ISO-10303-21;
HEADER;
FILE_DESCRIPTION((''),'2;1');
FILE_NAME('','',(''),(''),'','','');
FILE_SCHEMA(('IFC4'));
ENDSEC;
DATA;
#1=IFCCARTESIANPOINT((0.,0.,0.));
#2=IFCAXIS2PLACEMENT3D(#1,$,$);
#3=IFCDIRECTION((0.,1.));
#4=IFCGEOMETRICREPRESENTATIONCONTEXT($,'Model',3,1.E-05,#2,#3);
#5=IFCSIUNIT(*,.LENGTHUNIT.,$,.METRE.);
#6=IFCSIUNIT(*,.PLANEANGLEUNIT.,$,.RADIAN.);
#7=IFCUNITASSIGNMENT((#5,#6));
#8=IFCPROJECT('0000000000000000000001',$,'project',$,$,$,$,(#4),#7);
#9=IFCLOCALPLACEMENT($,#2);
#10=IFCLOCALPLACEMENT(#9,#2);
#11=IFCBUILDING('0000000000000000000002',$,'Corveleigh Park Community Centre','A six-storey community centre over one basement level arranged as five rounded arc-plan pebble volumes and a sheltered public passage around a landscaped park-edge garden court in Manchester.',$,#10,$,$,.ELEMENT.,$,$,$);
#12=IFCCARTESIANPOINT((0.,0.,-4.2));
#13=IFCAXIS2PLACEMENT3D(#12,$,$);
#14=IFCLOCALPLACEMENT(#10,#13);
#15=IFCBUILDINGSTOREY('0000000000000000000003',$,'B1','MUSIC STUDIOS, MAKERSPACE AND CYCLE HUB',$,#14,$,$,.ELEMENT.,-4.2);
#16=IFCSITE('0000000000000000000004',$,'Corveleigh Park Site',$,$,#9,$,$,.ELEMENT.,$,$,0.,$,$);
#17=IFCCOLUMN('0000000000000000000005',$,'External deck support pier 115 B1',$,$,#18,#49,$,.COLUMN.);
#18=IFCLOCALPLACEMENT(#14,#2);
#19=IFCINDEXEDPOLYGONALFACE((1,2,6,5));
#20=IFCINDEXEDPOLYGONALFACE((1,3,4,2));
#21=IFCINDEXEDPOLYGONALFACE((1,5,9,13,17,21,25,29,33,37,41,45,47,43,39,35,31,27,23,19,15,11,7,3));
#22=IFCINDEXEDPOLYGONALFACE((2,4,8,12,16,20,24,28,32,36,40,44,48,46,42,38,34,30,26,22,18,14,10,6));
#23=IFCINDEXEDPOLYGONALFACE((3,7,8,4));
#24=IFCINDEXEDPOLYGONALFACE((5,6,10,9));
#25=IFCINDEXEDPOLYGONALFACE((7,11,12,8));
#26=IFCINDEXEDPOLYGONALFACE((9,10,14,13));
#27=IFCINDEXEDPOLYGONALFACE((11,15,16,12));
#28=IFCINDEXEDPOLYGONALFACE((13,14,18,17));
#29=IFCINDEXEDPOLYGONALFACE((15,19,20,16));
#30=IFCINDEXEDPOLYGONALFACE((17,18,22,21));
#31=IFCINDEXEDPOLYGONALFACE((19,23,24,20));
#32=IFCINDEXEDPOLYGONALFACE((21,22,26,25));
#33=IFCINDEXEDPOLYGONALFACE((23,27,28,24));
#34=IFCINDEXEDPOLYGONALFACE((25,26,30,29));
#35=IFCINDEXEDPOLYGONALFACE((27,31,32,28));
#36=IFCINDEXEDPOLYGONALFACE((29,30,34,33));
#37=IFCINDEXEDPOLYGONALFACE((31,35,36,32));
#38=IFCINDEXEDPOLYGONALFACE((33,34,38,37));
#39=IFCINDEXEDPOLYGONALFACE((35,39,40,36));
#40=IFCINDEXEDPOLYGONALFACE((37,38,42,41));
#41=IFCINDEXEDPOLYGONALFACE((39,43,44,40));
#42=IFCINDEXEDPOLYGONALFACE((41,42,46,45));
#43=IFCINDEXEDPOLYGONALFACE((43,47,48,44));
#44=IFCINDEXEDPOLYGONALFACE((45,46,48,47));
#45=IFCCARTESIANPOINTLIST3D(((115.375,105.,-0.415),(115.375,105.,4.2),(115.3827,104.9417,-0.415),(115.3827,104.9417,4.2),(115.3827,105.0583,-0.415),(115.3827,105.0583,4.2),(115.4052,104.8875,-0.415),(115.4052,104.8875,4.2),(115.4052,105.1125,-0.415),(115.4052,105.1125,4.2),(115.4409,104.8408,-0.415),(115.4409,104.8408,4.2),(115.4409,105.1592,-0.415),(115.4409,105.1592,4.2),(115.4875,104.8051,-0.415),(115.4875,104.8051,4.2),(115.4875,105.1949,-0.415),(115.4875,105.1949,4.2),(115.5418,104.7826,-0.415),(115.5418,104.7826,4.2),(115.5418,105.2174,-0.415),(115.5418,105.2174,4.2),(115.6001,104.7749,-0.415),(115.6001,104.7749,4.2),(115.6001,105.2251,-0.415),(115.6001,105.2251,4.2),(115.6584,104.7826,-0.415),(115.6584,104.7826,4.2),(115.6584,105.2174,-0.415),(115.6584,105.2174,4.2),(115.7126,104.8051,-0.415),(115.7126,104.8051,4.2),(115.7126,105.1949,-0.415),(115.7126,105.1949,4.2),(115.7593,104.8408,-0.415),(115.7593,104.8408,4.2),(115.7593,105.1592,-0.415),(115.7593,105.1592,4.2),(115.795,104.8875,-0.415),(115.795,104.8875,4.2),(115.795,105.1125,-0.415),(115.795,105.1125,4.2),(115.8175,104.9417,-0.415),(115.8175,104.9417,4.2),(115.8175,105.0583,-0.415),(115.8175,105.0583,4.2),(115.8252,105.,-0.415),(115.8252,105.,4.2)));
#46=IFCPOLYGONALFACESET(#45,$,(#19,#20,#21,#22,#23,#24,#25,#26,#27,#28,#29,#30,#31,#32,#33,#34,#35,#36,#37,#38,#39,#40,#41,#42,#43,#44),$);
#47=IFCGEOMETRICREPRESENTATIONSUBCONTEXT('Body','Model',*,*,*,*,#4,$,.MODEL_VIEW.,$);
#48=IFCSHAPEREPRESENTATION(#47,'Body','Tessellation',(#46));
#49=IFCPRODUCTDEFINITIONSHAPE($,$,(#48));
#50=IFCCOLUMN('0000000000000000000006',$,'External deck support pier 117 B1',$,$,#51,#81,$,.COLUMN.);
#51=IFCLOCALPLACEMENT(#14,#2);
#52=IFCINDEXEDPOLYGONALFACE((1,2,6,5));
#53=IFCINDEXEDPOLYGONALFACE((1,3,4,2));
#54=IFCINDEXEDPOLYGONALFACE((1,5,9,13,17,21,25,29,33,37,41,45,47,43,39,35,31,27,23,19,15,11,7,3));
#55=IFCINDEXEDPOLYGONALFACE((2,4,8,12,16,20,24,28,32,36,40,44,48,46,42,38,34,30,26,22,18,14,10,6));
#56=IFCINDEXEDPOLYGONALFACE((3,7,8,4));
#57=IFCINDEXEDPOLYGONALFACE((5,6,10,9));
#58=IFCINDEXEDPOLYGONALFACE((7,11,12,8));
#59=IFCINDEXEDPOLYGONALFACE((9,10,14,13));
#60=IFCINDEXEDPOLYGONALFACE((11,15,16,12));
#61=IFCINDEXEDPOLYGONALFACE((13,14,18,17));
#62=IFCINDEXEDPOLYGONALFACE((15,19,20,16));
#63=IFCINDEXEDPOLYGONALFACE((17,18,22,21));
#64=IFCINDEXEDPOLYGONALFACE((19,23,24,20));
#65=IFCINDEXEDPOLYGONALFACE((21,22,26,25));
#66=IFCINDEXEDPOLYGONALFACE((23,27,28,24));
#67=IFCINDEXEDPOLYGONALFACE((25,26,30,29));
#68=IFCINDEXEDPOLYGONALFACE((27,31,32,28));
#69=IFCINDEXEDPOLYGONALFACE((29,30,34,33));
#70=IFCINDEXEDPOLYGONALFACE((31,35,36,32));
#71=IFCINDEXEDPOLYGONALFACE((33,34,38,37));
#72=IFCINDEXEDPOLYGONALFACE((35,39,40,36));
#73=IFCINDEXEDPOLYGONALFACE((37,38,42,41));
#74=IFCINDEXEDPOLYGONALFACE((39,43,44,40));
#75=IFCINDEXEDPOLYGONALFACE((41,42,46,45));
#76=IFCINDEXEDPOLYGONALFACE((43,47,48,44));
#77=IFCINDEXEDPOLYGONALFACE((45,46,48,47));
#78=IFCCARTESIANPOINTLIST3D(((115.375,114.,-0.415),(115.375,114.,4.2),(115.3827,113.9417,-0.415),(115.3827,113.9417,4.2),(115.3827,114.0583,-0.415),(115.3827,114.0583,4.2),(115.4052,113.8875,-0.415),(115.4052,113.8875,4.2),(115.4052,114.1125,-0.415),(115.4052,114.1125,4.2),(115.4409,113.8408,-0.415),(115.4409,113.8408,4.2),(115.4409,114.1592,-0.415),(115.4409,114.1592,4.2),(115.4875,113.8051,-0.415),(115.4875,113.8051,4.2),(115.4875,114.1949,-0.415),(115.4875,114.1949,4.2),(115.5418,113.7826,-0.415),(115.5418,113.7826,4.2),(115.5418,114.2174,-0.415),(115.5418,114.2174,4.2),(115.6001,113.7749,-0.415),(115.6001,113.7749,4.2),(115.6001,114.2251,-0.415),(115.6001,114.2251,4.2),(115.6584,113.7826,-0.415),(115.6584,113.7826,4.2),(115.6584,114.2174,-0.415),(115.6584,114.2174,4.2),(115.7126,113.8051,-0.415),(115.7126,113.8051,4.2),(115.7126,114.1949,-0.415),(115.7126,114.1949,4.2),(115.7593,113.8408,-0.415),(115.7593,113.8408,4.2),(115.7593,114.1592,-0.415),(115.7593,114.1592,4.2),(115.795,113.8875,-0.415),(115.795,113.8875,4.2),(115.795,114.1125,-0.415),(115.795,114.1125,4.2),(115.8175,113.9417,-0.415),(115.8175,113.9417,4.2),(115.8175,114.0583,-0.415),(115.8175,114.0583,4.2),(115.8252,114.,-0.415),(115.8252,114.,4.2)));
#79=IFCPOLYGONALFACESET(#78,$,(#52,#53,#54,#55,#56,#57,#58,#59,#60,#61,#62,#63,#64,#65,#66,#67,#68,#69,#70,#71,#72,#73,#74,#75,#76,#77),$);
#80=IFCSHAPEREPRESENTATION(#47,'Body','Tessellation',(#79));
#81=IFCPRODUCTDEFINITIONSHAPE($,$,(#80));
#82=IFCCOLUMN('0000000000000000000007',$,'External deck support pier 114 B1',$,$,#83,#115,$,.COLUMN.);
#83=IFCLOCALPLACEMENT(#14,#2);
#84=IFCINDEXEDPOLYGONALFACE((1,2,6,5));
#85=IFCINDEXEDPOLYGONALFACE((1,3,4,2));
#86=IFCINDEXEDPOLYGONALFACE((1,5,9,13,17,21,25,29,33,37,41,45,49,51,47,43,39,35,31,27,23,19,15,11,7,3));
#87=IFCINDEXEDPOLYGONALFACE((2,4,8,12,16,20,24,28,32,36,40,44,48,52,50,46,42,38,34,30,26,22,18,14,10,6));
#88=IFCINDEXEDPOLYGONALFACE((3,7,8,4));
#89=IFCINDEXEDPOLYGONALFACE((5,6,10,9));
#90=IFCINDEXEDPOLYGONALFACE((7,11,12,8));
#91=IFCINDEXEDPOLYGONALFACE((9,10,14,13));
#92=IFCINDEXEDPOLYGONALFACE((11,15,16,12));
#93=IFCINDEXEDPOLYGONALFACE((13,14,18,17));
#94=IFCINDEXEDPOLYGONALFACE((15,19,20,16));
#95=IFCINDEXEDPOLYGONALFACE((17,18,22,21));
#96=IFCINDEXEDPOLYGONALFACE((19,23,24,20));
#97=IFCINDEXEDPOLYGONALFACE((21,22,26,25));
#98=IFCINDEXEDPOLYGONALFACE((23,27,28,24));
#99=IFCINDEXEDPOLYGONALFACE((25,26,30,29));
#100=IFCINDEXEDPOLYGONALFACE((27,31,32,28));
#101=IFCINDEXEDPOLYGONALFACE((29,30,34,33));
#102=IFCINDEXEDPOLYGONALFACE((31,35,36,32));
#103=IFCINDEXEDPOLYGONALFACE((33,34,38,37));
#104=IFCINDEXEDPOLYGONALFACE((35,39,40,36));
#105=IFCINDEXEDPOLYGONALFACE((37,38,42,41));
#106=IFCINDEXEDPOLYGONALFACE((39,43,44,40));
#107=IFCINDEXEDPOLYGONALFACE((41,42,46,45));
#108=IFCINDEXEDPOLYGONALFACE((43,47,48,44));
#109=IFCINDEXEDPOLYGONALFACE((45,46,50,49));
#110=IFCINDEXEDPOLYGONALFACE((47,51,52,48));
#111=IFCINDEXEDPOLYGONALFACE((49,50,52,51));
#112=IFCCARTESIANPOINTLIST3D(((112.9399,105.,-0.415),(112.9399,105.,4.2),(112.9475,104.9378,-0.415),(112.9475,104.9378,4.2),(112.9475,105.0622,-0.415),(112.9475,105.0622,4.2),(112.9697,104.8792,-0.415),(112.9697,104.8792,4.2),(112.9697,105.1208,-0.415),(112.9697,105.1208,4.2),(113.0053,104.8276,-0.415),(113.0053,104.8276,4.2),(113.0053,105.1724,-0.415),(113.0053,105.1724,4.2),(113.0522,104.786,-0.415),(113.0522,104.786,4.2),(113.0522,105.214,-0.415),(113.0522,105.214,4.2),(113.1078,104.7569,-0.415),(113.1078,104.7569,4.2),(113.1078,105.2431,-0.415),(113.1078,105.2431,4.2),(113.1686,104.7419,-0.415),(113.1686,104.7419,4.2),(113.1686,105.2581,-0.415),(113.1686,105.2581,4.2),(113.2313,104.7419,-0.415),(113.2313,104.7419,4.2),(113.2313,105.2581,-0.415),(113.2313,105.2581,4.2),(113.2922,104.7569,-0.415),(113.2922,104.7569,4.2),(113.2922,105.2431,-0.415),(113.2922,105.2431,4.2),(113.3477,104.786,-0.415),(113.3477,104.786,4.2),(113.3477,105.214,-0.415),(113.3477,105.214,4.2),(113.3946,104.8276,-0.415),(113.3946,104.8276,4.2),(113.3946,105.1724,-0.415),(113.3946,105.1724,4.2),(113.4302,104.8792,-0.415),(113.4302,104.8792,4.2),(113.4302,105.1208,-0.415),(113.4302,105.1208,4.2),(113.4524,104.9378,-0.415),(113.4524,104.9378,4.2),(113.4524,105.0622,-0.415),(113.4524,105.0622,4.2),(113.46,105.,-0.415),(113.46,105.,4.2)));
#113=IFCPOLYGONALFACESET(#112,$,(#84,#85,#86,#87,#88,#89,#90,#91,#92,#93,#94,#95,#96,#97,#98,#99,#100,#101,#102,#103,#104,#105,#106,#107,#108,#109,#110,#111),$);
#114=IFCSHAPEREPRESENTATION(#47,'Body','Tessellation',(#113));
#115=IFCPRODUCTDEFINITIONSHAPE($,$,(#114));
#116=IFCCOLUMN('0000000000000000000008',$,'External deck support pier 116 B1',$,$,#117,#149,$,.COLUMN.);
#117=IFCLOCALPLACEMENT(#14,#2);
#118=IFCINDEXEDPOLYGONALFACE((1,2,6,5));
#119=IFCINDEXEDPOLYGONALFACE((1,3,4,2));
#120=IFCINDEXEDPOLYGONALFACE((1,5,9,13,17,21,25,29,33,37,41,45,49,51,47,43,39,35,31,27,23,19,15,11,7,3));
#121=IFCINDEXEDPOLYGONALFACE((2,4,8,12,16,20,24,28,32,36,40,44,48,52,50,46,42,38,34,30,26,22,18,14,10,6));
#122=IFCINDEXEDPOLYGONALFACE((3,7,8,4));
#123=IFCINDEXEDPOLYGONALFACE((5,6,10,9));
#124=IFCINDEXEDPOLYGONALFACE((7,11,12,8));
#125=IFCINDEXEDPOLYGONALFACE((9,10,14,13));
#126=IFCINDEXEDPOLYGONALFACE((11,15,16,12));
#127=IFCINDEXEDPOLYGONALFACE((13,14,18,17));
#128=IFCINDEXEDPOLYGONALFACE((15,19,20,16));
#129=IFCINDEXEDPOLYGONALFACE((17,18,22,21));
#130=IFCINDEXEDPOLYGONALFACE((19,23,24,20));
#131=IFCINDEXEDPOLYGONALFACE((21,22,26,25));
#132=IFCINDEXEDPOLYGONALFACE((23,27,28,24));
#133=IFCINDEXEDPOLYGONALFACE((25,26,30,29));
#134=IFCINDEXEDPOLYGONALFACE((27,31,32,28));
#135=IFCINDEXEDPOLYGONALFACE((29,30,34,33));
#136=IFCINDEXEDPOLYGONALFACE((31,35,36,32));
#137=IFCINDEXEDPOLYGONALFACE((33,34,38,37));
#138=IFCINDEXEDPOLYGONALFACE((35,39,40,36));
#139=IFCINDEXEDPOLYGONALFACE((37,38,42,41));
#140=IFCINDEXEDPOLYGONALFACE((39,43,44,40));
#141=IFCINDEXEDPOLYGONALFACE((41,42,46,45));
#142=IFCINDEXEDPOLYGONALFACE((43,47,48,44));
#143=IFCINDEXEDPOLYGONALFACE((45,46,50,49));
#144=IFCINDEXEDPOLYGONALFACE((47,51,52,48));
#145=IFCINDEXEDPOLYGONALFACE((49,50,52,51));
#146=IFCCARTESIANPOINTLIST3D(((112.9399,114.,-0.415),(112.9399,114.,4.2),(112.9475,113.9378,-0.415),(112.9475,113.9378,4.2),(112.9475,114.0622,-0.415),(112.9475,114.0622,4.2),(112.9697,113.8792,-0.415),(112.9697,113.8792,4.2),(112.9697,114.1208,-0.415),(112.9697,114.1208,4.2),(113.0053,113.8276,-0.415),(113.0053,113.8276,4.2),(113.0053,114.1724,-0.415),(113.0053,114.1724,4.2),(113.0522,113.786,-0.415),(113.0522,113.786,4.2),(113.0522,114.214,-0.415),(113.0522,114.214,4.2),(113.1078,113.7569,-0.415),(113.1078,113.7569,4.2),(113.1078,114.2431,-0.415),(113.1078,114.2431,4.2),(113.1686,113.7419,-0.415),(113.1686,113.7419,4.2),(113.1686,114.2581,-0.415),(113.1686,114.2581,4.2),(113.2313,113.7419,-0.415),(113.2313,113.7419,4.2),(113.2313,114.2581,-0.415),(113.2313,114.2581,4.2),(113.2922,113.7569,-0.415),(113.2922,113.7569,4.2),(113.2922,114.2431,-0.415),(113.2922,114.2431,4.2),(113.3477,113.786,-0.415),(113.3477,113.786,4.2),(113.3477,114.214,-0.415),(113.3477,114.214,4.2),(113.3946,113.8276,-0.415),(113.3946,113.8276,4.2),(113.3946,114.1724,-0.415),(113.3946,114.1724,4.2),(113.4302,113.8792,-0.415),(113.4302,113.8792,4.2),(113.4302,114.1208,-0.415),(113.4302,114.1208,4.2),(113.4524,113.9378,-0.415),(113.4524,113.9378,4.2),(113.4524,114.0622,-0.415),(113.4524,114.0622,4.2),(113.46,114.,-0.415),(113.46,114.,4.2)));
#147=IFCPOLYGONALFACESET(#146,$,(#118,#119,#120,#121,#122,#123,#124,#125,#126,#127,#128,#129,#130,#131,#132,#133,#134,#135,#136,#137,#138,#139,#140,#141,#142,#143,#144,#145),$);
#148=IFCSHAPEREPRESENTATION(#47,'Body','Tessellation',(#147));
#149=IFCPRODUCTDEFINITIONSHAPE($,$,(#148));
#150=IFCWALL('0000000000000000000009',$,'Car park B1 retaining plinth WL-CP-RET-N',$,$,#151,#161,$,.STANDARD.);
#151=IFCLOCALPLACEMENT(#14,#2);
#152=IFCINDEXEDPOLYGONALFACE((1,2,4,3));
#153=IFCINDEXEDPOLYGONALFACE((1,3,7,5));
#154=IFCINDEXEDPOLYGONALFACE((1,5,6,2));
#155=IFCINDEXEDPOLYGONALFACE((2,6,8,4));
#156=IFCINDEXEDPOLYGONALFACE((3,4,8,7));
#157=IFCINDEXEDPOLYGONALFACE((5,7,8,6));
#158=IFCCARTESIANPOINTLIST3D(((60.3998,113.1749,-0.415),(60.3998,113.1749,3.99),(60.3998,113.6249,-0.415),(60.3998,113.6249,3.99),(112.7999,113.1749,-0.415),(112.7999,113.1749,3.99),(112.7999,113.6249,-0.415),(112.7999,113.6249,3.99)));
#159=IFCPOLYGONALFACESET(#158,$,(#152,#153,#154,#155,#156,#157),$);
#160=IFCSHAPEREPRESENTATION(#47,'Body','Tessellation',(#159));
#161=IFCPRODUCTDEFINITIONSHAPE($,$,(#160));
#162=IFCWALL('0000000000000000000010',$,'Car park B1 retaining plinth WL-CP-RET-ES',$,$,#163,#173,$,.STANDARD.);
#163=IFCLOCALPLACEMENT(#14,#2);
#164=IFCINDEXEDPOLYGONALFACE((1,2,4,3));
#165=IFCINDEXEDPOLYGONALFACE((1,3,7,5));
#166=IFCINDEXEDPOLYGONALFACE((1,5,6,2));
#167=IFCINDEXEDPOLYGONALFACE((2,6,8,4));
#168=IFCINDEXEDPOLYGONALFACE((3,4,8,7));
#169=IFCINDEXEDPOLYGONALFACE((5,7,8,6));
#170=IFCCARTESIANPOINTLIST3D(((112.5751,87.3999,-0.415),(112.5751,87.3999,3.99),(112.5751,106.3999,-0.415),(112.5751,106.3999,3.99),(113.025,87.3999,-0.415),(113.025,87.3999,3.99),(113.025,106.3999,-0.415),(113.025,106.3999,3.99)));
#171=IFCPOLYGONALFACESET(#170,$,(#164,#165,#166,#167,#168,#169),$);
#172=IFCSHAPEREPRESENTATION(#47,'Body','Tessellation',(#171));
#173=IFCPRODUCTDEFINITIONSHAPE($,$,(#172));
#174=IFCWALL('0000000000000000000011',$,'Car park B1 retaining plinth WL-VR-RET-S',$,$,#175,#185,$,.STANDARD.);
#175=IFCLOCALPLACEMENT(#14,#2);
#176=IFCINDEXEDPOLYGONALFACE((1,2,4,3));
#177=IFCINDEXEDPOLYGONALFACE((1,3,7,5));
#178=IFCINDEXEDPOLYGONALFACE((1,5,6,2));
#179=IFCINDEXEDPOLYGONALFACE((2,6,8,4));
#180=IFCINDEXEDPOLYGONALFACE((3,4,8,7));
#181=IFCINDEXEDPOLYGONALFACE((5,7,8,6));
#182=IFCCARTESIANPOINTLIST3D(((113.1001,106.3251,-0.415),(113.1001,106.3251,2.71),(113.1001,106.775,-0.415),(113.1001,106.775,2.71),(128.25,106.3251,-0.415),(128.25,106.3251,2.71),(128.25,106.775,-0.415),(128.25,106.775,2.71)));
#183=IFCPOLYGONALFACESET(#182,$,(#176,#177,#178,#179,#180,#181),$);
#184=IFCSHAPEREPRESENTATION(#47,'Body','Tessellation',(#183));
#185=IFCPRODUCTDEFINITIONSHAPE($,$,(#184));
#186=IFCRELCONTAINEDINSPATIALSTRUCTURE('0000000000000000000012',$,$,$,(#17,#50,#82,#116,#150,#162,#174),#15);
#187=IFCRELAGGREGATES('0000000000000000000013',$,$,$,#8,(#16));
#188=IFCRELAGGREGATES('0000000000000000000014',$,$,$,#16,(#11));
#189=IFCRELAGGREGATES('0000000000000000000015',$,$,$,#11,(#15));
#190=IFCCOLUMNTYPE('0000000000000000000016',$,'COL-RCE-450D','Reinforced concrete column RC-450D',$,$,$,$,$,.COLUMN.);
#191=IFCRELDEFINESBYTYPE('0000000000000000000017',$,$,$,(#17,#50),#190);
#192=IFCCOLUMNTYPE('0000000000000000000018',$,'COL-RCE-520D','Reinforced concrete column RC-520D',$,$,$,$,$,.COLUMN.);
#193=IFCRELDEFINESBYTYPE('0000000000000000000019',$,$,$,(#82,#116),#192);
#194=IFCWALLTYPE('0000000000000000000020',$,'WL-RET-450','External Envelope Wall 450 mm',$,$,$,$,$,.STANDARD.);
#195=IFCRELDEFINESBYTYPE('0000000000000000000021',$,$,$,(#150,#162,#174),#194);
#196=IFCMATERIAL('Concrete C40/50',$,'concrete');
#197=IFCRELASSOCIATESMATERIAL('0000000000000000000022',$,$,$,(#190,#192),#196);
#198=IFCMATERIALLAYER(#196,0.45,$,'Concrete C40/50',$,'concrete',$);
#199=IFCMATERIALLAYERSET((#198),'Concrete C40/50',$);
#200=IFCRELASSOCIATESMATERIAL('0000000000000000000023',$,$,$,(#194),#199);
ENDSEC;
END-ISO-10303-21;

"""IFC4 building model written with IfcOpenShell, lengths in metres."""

from ifc_helpers import new_model, si_unit, direction, frame, frame_2d, origin, origin_2d, place, context, subcontext, project, spatial, rectangle, circle, extrude, material, layer, layer_set, material_profile, profile_set, type_object, element, save


model = new_model("IFC4")

# Units and contexts
model_context = context("Model", 3, precision=1e-05, world=origin(), true_north=direction((0.0, 1.0)))
body_context = subcontext(model_context, "Body", "Model", "MODEL_VIEW")
ifc_project = project(units=[si_unit("LENGTHUNIT", "METRE"), si_unit("PLANEANGLEUNIT", "RADIAN")], contexts=[model_context])

# Site, building, storey
site_placement = place(None, origin())
site = spatial("IfcSite", under=ifc_project, at=site_placement, Name="Corveleigh Park Site", CompositionType="ELEMENT", RefElevation=0.0)
building_placement = place(site_placement, origin())
building = spatial("IfcBuilding", under=site, at=building_placement, Name="Corveleigh Park Community Centre", Description="A six-storey community centre over one basement level arranged as five rounded arc-plan pebble volumes and a sheltered public passage around a landscaped park-edge garden court in Manchester.", CompositionType="ELEMENT")
storey_placement = place(building_placement, frame((0.0, 0.0, -4.2)))
storey = spatial("IfcBuildingStorey", under=building, at=storey_placement, Name="B1", Description="MUSIC STUDIOS, MAKERSPACE AND CYCLE HUB", CompositionType="ELEMENT", Elevation=-4.2)

# Shared definitions
ifc_material_1 = material(Name="Concrete C40/50", Category="concrete")

# Columns
ifc_material_profile_1 = material_profile(ifc_material_1, circle(Radius=0.2251, at=origin_2d()), Name="RC-450D", Category="concrete")
ifc_profile_set_1 = profile_set([ifc_material_profile_1], Name="Concrete C40/50")
column_type_1 = type_object("IfcColumnType", Name="COL-RCE-450D", Description="Reinforced concrete column RC-450D", PredefinedType="COLUMN", material=ifc_profile_set_1)
for number, where, z_axis, x_axis, name in (
    (1, (115.6001, 105.0, -0.415), (0.0, 0.0, 1.0), (1.0, 0.0, 0.0), "External deck support pier 115 B1"),
    (2, (115.6001, 114.0, -0.415), (0.0, 0.0, 1.0), (1.0, 0.0, 0.0), "External deck support pier 117 B1"),
):
    element("IfcColumn", number, at=place(storey_placement, frame(where, z_axis=z_axis, x_axis=x_axis)), inside=storey, type_object=column_type_1, Name=name, PredefinedType="COLUMN", context=body_context, shape_type="SweptSolid", body=[
        extrude(circle(Radius=0.2251, at=origin_2d()), origin(), (0.0, 0.0, 1.0), 4.615),
    ])
ifc_material_profile_2 = material_profile(ifc_material_1, circle(Radius=0.26, at=origin_2d()), Name="RC-520D", Category="concrete")
ifc_profile_set_2 = profile_set([ifc_material_profile_2], Name="Concrete C40/50")
column_type_2 = type_object("IfcColumnType", Name="COL-RCE-520D", Description="Reinforced concrete column RC-520D", PredefinedType="COLUMN", material=ifc_profile_set_2)
for number, where, z_axis, x_axis, name in (
    (3, (113.2, 105.0, -0.415), (0.0, 0.0, 1.0), (1.0, 0.0, 0.0), "External deck support pier 114 B1"),
    (4, (113.2, 114.0, -0.415), (0.0, 0.0, 1.0), (1.0, 0.0, 0.0), "External deck support pier 116 B1"),
):
    element("IfcColumn", number, at=place(storey_placement, frame(where, z_axis=z_axis, x_axis=x_axis)), inside=storey, type_object=column_type_2, Name=name, PredefinedType="COLUMN", context=body_context, shape_type="SweptSolid", body=[
        extrude(circle(Radius=0.26, at=origin_2d()), origin(), (0.0, 0.0, 1.0), 4.615),
    ])

# Walls
ifc_layer = layer(ifc_material_1, 0.45, Name="Concrete C40/50", Category="concrete")
ifc_layer_set = layer_set([ifc_layer], Name="Concrete C40/50")
wall_type = type_object("IfcWallType", Name="WL-RET-450", Description="External Envelope Wall 450 mm", PredefinedType="STANDARD", material=ifc_layer_set)
wall_1_placement = place(storey_placement, frame((112.8, 113.3999, -0.415), z_axis=(0.0, 0.0, 1.0), x_axis=(-1.0, 0.0, 0.0)))
element("IfcWall", 5, at=wall_1_placement, inside=storey, type_object=wall_type, Name="Car park B1 retaining plinth WL-CP-RET-N", PredefinedType="STANDARD", context=body_context, shape_type="SweptSolid", body=[
    extrude(rectangle(XDim=52.4001, YDim=0.45, at=frame_2d((26.2002, 0.0))), origin(), (0.0, 0.0, 1.0), 4.405),
])
wall_2_placement = place(storey_placement, frame((112.8, 87.3999, -0.415), z_axis=(0.0, 0.0, 1.0), x_axis=(0.0, 1.0, 0.0)))
element("IfcWall", 6, at=wall_2_placement, inside=storey, type_object=wall_type, Name="Car park B1 retaining plinth WL-CP-RET-ES", PredefinedType="STANDARD", context=body_context, shape_type="SweptSolid", body=[
    extrude(rectangle(XDim=19.0, YDim=0.45, at=frame_2d((9.5, 0.0))), origin(), (0.0, 0.0, 1.0), 4.405),
])
wall_3_placement = place(storey_placement, frame((113.1001, 106.55, -0.415), z_axis=(0.0, 0.0, 1.0), x_axis=(1.0, 0.0, 0.0)))
element("IfcWall", 7, at=wall_3_placement, inside=storey, type_object=wall_type, Name="Car park B1 retaining plinth WL-VR-RET-S", PredefinedType="STANDARD", context=body_context, shape_type="SweptSolid", body=[
    extrude(rectangle(XDim=15.1499, YDim=0.45, at=frame_2d((7.575, 0.0))), origin(), (0.0, 0.0, 1.0), 3.125),
])

save(model, "model.ifc")
